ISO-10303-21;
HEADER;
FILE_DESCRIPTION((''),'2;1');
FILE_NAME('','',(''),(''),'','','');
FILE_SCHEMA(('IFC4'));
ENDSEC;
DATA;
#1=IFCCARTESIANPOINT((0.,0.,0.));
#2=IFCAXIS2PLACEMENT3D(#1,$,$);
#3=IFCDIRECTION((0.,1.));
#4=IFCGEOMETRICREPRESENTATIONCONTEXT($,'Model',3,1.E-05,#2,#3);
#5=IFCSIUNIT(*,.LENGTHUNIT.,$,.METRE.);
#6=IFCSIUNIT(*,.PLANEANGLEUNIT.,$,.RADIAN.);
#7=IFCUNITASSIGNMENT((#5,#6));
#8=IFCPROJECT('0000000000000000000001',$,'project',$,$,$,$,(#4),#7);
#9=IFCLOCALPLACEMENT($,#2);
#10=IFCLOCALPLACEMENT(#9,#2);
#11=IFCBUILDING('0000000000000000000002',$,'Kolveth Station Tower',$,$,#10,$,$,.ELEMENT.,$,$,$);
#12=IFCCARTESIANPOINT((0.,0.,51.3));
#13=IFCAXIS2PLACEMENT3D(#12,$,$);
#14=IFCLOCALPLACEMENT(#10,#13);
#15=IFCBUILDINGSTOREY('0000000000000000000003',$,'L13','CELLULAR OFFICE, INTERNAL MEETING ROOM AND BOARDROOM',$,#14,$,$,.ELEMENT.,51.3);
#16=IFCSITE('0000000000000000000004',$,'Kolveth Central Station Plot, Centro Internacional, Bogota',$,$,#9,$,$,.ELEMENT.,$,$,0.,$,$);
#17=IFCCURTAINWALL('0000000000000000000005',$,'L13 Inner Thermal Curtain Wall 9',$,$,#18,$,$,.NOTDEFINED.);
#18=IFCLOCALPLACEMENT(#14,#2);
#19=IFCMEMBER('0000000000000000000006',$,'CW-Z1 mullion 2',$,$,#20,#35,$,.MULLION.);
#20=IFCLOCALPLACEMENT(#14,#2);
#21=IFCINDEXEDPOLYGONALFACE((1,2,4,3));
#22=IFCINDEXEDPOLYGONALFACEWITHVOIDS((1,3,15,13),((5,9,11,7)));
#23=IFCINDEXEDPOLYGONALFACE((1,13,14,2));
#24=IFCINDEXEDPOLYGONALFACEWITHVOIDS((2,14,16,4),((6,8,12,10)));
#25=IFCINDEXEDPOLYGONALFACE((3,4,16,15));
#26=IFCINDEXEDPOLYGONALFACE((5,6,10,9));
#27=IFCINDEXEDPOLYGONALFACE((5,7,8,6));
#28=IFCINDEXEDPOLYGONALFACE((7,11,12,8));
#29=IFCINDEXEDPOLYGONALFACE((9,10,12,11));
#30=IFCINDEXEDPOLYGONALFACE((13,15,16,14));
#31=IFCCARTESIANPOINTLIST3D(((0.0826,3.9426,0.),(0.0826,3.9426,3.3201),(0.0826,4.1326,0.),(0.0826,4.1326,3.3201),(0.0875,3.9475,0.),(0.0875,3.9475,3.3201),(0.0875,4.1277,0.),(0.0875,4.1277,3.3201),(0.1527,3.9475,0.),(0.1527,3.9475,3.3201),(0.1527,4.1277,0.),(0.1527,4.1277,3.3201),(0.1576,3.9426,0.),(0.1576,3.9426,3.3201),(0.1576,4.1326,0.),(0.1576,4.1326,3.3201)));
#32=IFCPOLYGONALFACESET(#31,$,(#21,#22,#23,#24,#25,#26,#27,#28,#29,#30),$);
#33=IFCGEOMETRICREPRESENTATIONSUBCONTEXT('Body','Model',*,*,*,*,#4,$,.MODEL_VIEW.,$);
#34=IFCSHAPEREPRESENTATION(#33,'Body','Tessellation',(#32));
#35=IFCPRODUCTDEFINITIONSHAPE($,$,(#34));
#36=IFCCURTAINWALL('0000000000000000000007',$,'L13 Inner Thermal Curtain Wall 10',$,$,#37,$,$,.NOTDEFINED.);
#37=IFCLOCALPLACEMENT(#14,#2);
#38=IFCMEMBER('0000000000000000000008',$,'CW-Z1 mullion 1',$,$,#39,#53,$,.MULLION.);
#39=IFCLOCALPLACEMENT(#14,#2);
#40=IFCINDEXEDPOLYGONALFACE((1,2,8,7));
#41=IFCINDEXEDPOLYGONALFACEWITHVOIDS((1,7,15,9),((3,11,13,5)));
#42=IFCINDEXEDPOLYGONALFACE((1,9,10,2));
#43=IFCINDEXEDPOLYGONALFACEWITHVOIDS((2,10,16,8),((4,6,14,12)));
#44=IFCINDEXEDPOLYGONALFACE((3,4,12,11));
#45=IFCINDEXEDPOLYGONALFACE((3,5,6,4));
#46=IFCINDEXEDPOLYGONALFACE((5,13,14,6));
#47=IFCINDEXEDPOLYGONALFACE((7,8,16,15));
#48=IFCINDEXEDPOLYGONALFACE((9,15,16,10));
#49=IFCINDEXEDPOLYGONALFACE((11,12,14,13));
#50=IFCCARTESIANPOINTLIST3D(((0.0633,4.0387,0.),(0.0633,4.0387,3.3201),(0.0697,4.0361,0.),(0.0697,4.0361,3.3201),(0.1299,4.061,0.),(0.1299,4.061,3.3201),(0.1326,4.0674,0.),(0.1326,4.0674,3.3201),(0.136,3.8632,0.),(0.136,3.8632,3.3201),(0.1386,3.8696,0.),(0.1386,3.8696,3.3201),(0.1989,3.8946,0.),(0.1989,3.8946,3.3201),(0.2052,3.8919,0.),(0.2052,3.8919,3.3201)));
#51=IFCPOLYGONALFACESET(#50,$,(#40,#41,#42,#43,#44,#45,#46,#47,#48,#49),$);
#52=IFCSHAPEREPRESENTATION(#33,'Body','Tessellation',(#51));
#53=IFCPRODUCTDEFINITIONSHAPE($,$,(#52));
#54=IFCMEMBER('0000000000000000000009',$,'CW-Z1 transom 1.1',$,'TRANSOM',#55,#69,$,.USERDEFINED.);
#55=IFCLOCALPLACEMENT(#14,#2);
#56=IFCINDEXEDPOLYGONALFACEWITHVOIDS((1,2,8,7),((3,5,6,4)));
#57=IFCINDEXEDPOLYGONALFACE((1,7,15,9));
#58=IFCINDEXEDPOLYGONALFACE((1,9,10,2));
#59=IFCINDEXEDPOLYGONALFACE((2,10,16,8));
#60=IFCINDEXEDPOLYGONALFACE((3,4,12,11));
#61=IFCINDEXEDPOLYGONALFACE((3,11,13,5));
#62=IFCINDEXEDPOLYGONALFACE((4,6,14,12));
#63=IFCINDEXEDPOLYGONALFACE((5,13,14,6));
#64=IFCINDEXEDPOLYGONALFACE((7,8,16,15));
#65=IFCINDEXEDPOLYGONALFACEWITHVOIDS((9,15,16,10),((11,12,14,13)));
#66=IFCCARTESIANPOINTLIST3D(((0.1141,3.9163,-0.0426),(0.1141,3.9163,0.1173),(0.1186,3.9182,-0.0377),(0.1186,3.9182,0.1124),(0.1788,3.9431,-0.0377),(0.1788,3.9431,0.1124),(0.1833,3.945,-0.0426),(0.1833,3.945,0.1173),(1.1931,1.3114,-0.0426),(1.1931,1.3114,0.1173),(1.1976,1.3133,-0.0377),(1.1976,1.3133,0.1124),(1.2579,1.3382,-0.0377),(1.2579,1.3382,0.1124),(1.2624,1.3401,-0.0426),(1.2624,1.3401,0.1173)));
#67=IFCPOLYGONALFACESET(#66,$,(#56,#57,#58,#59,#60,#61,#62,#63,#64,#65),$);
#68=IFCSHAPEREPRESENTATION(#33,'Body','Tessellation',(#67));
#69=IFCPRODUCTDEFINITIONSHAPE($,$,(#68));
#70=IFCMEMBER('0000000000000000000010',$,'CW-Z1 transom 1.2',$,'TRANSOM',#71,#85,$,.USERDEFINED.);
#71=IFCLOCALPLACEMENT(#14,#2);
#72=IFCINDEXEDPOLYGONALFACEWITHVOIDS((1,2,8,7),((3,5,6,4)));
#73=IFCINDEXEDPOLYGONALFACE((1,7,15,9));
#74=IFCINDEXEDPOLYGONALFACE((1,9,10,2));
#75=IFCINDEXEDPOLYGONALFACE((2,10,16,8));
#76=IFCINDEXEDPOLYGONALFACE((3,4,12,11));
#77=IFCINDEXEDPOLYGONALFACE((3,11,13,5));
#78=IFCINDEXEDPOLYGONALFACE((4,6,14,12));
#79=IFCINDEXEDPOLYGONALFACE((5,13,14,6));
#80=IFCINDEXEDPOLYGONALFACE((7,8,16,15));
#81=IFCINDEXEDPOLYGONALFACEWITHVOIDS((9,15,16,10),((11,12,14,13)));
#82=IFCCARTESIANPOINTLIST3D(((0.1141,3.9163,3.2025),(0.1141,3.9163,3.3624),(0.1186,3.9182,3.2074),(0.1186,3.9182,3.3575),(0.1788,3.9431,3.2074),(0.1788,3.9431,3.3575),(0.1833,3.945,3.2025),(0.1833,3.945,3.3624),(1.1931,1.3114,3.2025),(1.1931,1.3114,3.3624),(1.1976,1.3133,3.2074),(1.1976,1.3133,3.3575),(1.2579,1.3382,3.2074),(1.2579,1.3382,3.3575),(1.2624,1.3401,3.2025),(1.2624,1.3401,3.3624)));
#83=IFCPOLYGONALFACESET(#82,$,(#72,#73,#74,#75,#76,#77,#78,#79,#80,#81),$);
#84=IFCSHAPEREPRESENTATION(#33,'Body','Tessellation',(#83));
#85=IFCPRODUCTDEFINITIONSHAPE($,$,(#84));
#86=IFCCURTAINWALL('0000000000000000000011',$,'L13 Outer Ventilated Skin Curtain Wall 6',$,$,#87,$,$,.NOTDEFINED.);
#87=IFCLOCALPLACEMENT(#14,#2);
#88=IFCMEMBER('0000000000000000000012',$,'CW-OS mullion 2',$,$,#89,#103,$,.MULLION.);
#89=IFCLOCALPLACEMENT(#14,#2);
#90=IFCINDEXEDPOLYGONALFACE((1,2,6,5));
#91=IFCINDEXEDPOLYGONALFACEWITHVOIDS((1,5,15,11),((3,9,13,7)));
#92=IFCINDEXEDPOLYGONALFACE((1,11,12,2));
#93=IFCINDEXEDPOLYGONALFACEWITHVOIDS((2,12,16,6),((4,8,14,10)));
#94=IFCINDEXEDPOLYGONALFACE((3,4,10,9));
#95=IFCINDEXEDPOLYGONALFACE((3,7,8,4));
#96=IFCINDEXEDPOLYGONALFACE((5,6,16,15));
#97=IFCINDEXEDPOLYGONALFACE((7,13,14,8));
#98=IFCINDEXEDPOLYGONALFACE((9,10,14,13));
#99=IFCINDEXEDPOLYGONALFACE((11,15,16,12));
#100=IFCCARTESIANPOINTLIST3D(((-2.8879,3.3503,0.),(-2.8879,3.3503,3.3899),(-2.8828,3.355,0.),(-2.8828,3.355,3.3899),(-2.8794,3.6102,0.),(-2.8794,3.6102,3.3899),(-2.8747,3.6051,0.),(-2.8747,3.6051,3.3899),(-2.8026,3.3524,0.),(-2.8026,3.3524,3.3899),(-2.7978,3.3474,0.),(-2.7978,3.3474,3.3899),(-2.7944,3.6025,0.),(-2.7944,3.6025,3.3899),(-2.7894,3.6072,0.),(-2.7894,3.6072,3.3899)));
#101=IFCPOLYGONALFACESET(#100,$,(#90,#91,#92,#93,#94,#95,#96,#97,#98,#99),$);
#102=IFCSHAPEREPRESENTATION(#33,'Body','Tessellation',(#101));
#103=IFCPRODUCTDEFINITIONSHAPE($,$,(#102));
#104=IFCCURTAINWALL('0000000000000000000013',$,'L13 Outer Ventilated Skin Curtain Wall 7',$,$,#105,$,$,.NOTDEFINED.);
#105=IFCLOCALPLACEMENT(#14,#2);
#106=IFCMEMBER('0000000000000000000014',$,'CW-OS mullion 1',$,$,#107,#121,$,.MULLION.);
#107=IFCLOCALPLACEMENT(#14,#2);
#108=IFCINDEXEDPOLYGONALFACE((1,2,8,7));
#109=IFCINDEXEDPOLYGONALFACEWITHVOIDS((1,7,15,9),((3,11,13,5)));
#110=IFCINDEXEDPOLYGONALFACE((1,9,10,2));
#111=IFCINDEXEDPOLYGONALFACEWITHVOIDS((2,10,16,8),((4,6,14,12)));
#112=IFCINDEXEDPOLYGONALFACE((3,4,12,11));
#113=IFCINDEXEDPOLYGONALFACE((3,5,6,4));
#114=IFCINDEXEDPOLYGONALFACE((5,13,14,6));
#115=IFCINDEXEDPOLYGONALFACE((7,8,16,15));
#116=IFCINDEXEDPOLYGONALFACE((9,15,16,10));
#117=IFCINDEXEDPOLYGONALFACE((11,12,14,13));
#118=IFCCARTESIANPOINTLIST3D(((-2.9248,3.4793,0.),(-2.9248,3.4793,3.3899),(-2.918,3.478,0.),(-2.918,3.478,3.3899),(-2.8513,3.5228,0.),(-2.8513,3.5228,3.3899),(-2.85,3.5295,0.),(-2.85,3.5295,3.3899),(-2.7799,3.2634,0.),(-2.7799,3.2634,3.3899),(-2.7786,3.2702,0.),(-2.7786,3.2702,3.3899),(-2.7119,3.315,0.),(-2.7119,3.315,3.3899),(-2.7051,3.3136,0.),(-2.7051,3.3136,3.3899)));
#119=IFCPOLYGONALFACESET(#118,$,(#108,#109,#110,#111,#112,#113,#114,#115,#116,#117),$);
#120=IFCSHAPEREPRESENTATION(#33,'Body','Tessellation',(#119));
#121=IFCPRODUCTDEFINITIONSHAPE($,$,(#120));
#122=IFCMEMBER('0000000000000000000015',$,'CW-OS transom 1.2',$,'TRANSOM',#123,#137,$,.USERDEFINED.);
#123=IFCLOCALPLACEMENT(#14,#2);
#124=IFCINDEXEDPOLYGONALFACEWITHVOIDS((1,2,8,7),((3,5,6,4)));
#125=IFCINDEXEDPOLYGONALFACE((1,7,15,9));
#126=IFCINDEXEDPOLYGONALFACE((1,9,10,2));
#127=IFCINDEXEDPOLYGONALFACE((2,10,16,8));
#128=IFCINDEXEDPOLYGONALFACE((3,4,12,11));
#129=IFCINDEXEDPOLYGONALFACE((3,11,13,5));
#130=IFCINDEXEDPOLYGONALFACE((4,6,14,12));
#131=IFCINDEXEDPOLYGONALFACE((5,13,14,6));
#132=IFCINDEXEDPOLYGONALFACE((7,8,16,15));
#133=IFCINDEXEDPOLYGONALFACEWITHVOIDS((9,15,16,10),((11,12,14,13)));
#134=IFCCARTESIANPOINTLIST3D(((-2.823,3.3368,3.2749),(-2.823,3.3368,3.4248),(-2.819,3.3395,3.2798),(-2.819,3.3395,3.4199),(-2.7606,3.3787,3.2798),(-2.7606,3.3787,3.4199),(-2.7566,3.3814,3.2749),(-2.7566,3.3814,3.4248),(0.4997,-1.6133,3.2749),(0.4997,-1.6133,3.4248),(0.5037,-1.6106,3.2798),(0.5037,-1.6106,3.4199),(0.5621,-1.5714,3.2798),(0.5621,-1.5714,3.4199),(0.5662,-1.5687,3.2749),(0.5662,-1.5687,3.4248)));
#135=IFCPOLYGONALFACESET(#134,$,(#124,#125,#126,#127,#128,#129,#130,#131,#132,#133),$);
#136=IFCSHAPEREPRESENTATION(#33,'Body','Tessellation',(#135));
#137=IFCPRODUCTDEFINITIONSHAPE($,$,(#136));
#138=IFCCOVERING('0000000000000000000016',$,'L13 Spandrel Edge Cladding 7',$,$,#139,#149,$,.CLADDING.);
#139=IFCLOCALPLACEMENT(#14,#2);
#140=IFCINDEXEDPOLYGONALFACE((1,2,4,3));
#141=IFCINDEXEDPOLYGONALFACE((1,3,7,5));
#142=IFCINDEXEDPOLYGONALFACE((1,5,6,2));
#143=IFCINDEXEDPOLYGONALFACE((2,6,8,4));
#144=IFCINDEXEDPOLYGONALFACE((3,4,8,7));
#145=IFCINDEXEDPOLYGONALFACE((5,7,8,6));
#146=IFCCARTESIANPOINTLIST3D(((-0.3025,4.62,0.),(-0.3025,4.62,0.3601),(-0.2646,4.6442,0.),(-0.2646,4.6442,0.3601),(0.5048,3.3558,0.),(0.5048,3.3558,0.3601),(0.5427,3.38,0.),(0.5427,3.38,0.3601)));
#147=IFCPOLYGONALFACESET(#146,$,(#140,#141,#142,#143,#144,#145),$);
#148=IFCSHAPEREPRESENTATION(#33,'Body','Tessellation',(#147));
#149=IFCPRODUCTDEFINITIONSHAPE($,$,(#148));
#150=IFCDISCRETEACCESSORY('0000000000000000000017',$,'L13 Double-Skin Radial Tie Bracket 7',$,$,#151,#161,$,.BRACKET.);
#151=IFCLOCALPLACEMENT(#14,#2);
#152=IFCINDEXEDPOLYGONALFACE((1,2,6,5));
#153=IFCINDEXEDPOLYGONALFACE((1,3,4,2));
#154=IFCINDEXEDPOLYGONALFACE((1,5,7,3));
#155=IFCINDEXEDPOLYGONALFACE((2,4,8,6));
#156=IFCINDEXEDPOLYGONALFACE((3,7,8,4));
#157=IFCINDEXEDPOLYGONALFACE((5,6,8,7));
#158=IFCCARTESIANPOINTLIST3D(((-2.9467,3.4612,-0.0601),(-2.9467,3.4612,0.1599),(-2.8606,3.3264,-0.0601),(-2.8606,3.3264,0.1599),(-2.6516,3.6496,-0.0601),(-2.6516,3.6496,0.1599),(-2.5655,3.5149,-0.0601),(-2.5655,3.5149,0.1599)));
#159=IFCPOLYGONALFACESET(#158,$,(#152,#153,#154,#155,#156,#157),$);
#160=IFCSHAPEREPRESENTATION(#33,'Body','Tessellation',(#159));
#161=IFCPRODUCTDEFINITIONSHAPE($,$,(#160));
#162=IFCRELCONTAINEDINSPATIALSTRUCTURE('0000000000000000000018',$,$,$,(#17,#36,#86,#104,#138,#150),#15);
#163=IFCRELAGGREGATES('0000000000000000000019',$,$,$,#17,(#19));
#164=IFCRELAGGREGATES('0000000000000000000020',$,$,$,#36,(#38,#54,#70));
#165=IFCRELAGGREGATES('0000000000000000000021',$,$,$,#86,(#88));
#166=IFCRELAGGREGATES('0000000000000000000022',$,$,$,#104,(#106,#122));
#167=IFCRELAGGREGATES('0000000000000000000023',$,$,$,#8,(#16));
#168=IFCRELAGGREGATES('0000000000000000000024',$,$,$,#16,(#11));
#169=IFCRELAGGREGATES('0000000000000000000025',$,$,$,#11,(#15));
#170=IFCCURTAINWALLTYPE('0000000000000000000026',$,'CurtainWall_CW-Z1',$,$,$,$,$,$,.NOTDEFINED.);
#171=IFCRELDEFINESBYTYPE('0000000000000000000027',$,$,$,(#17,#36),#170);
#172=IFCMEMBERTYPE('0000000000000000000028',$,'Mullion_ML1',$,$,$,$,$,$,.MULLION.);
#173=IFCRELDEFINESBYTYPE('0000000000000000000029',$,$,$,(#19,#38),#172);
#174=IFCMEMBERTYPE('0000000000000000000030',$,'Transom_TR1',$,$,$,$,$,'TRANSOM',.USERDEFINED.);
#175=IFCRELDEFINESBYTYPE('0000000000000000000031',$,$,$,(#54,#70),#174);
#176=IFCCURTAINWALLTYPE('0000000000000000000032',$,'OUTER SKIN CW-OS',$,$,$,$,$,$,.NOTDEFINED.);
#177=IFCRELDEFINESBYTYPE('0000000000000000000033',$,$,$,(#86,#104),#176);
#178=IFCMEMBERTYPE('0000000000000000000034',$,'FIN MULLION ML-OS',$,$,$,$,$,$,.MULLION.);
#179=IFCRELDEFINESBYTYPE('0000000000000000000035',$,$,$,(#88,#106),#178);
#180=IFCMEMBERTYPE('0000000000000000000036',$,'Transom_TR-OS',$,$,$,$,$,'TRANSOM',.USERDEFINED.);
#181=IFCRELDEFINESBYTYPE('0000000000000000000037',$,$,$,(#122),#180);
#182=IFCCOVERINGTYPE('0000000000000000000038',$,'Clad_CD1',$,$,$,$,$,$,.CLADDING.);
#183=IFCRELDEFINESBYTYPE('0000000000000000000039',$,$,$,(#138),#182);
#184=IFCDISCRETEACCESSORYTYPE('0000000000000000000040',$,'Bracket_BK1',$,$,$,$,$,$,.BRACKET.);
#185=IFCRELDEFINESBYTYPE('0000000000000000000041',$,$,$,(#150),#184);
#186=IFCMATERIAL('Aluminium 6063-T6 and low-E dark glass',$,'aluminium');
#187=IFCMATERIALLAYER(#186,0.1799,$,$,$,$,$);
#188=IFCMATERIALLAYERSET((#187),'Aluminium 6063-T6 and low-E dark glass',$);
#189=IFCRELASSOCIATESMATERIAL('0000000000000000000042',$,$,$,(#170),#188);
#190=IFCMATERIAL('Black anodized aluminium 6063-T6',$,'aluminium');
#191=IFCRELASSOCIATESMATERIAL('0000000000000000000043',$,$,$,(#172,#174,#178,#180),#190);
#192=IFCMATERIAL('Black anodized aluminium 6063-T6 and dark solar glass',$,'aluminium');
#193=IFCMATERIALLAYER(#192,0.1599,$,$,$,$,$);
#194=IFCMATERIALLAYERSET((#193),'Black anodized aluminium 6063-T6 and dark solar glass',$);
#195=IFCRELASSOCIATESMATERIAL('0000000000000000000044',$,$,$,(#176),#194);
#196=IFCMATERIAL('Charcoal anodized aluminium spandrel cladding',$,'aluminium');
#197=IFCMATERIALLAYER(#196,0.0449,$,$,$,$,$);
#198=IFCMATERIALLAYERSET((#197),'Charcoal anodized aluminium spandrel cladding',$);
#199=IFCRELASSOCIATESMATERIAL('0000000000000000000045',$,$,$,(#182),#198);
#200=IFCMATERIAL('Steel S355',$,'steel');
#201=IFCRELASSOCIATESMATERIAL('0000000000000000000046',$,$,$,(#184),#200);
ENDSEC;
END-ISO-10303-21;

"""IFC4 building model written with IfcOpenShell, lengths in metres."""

from ifc_helpers import new_model, si_unit, direction, frame, origin, origin_2d, place, context, subcontext, project, spatial, rectangle, hollow_rectangle, extrude, source, transform, mapped, material, layer, layer_set, material_profile, profile_set, type_object, element, aggregate, save


model = new_model("IFC4")

# Units and contexts
model_context = context("Model", 3, precision=1e-05, world=origin(), true_north=direction((0.0, 1.0)))
body_context = subcontext(model_context, "Body", "Model", "MODEL_VIEW")
ifc_project = project(units=[si_unit("LENGTHUNIT", "METRE"), si_unit("PLANEANGLEUNIT", "RADIAN")], contexts=[model_context])

# Site, building, storey
site_placement = place(None, origin())
site = spatial("IfcSite", under=ifc_project, at=site_placement, Name="Kolveth Central Station Plot, Centro Internacional, Bogota", CompositionType="ELEMENT", RefElevation=0.0)
building_placement = place(site_placement, origin())
building = spatial("IfcBuilding", under=site, at=building_placement, Name="Kolveth Station Tower", CompositionType="ELEMENT")
storey_placement = place(building_placement, frame((0.0, 0.0, 51.3)))
storey = spatial("IfcBuildingStorey", under=building, at=storey_placement, Name="L13", Description="CELLULAR OFFICE, INTERNAL MEETING ROOM AND BOARDROOM", CompositionType="ELEMENT", Elevation=51.3)

# Shared definitions
ifc_material_1 = material(Name="Steel S355", Category="steel")

# Curtain wall, member
ifc_material_2 = material(Name="Aluminium 6063-T6 and low-E dark glass", Category="aluminium")
ifc_layer_1 = layer(ifc_material_2, 0.1799)
ifc_layer_set_1 = layer_set([ifc_layer_1], Name="Aluminium 6063-T6 and low-E dark glass")
curtain_wall_type_1 = type_object("IfcCurtainWallType", Name="CurtainWall_CW-Z1", PredefinedType="NOTDEFINED", material=ifc_layer_set_1)
curtain_wall_1_placement = place(storey_placement, origin())
curtain_wall_1 = element("IfcCurtainWall", 1, at=curtain_wall_1_placement, inside=storey, type_object=curtain_wall_type_1, Name="L13 Inner Thermal Curtain Wall 9", PredefinedType="NOTDEFINED")
ifc_material_3 = material(Name="Black anodized aluminium 6063-T6", Category="aluminium")
ifc_material_profile_1 = material_profile(ifc_material_3, hollow_rectangle(XDim=0.075, YDim=0.1899, WallThickness=0.0049, at=origin_2d()), Name="ALU-75x190x5")
ifc_profile_set_1 = profile_set([ifc_material_profile_1], Name="Black anodized aluminium 6063-T6")
member_type_1 = type_object("IfcMemberType", Name="Mullion_ML1", PredefinedType="MULLION", material=ifc_profile_set_1)
shared_shape_1 = source(origin(), body_context, "Body", "SweptSolid", [
    extrude(hollow_rectangle(XDim=0.075, YDim=0.1899, WallThickness=0.0049, at=origin_2d()), origin(), (0.0, 0.0, 1.0), 3.3201),
])
member_1_placement = place(storey_placement, frame((0.1201, 4.0376, 0.0), z_axis=(0.0, 0.0, 1.0), x_axis=(1.0, 0.0, 0.0)))
member_1 = element("IfcMember", 2, at=member_1_placement, type_object=member_type_1, Name="CW-Z1 mullion 2", PredefinedType="MULLION", context=body_context, shape_type="MappedRepresentation", body=[
    mapped(shared_shape_1, transform((0.0, 0.0, 0.0), x_axis=(1.0, 0.0, 0.0), y_axis=(0.0, 1.0, 0.0), z_axis=(0.0, 0.0, 1.0), scale=1.0)),
])
aggregate(curtain_wall_1, [member_1])

# Curtain wall, members
curtain_wall_2_placement = place(storey_placement, origin())
curtain_wall_2 = element("IfcCurtainWall", 3, at=curtain_wall_2_placement, inside=storey, type_object=curtain_wall_type_1, Name="L13 Inner Thermal Curtain Wall 10", PredefinedType="NOTDEFINED")
member_2_placement = place(storey_placement, frame((0.1343, 3.9653, 0.0), z_axis=(0.0, 0.0, 1.0), x_axis=(0.923884, 0.382673, 0.0)))
member_2 = element("IfcMember", 4, at=member_2_placement, type_object=member_type_1, Name="CW-Z1 mullion 1", PredefinedType="MULLION", context=body_context, shape_type="MappedRepresentation", body=[
    mapped(shared_shape_1, transform((0.0, 0.0, 0.0), x_axis=(1.0, 0.0, 0.0), y_axis=(0.0, 1.0, 0.0), z_axis=(0.0, 0.0, 1.0), scale=1.0)),
])
ifc_material_profile_2 = material_profile(ifc_material_3, hollow_rectangle(XDim=0.075, YDim=0.1599, WallThickness=0.0049, at=origin_2d()), Name="ALU-75x160x5")
ifc_profile_set_2 = profile_set([ifc_material_profile_2], Name="Black anodized aluminium 6063-T6")
member_type_2 = type_object("IfcMemberType", Name="Transom_TR1", ElementType="TRANSOM", PredefinedType="USERDEFINED", material=ifc_profile_set_2)
shared_shape_2 = source(origin(), body_context, "Body", "SweptSolid", [
    extrude(hollow_rectangle(XDim=0.075, YDim=0.1599, WallThickness=0.0049, at=origin_2d()), origin(), (0.0, 0.0, 1.0), 2.8196),
])
member_3_placement = place(storey_placement, frame((0.1487, 3.9307, 0.0374), z_axis=(0.382709, -0.923869, 0.0), x_axis=(0.923869, 0.382709, 0.0)))
member_3 = element("IfcMember", 5, at=member_3_placement, type_object=member_type_2, Name="CW-Z1 transom 1.1", ObjectType="TRANSOM", PredefinedType="USERDEFINED", context=body_context, shape_type="MappedRepresentation", body=[
    mapped(shared_shape_2, transform((0.0, 0.0, 0.0), x_axis=(1.0, 0.0, 0.0), y_axis=(0.0, 1.0, 0.0), z_axis=(0.0, 0.0, 1.0), scale=1.0)),
])
member_4_placement = place(storey_placement, frame((0.1487, 3.9307, 3.2825), z_axis=(0.382709, -0.923869, 0.0), x_axis=(0.923869, 0.382709, 0.0)))
member_4 = element("IfcMember", 6, at=member_4_placement, type_object=member_type_2, Name="CW-Z1 transom 1.2", ObjectType="TRANSOM", PredefinedType="USERDEFINED", context=body_context, shape_type="MappedRepresentation", body=[
    mapped(shared_shape_2, transform((0.0, 0.0, 0.0), x_axis=(1.0, 0.0, 0.0), y_axis=(0.0, 1.0, 0.0), z_axis=(0.0, 0.0, 1.0), scale=1.0)),
])
aggregate(curtain_wall_2, [member_2, member_3, member_4])

# Curtain wall, member
ifc_material_4 = material(Name="Black anodized aluminium 6063-T6 and dark solar glass", Category="aluminium")
ifc_layer_2 = layer(ifc_material_4, 0.1599)
ifc_layer_set_2 = layer_set([ifc_layer_2], Name="Black anodized aluminium 6063-T6 and dark solar glass")
curtain_wall_type_2 = type_object("IfcCurtainWallType", Name="OUTER SKIN CW-OS", PredefinedType="NOTDEFINED", material=ifc_layer_set_2)
curtain_wall_3_placement = place(storey_placement, origin())
curtain_wall_3 = element("IfcCurtainWall", 7, at=curtain_wall_3_placement, inside=storey, type_object=curtain_wall_type_2, Name="L13 Outer Ventilated Skin Curtain Wall 6", PredefinedType="NOTDEFINED")
ifc_material_profile_3 = material_profile(ifc_material_3, hollow_rectangle(XDim=0.0901, YDim=0.26, WallThickness=0.0049, at=origin_2d()), Name="ALU-90x260x5")
ifc_profile_set_3 = profile_set([ifc_material_profile_3], Name="Black anodized aluminium 6063-T6")
member_type_3 = type_object("IfcMemberType", Name="FIN MULLION ML-OS", PredefinedType="MULLION", material=ifc_profile_set_3)
shared_shape_3 = source(origin(), body_context, "Body", "SweptSolid", [
    extrude(hollow_rectangle(XDim=0.0901, YDim=0.26, WallThickness=0.0049, at=origin_2d()), origin(), (0.0, 0.0, 1.0), 3.3899),
])
member_5_placement = place(storey_placement, frame((-2.8386, 3.4788, 0.0), z_axis=(0.0, 0.0, 1.0), x_axis=(0.999468, -0.0326, 0.0)))
member_5 = element("IfcMember", 8, at=member_5_placement, type_object=member_type_3, Name="CW-OS mullion 2", PredefinedType="MULLION", context=body_context, shape_type="MappedRepresentation", body=[
    mapped(shared_shape_3, transform((0.0, 0.0, 0.0), x_axis=(1.0, 0.0, 0.0), y_axis=(0.0, 1.0, 0.0), z_axis=(0.0, 0.0, 1.0), scale=1.0)),
])
aggregate(curtain_wall_3, [member_5])

# Curtain wall, members
curtain_wall_4_placement = place(storey_placement, origin())
curtain_wall_4 = element("IfcCurtainWall", 9, at=curtain_wall_4_placement, inside=storey, type_object=curtain_wall_type_2, Name="L13 Outer Ventilated Skin Curtain Wall 7", PredefinedType="NOTDEFINED")
member_6_placement = place(storey_placement, frame((-2.8149, 3.3965, 0.0), z_axis=(0.0, 0.0, 1.0), x_axis=(0.830283, 0.557342, 0.0)))
member_6 = element("IfcMember", 10, at=member_6_placement, type_object=member_type_3, Name="CW-OS mullion 1", PredefinedType="MULLION", context=body_context, shape_type="MappedRepresentation", body=[
    mapped(shared_shape_3, transform((0.0, 0.0, 0.0), x_axis=(1.0, 0.0, 0.0), y_axis=(0.0, 1.0, 0.0), z_axis=(0.0, 0.0, 1.0), scale=1.0)),
])
ifc_material_profile_4 = material_profile(ifc_material_3, hollow_rectangle(XDim=0.0801, YDim=0.1499, WallThickness=0.0049, at=origin_2d()), Name="ALU-80x150x5")
ifc_profile_set_4 = profile_set([ifc_material_profile_4], Name="Black anodized aluminium 6063-T6")
member_type_4 = type_object("IfcMemberType", Name="Transom_TR-OS", ElementType="TRANSOM", PredefinedType="USERDEFINED", material=ifc_profile_set_4)
shared_shape_4 = source(origin(), body_context, "Body", "SweptSolid", [
    extrude(hollow_rectangle(XDim=0.0801, YDim=0.1499, WallThickness=0.0049, at=origin_2d()), origin(), (0.0, 0.0, 1.0), 5.9619),
])
member_7_placement = place(storey_placement, frame((-2.7898, 3.3591, 3.3499), z_axis=(0.557325, -0.830295, 0.0), x_axis=(0.830295, 0.557325, 0.0)))
member_7 = element("IfcMember", 11, at=member_7_placement, type_object=member_type_4, Name="CW-OS transom 1.2", ObjectType="TRANSOM", PredefinedType="USERDEFINED", context=body_context, shape_type="MappedRepresentation", body=[
    mapped(shared_shape_4, transform((0.0, 0.0, 0.0), x_axis=(1.0, 0.0, 0.0), y_axis=(0.0, 1.0, 0.0), z_axis=(0.0, 0.0, 1.0), scale=1.0)),
])
aggregate(curtain_wall_4, [member_6, member_7])

# Covering
ifc_material_5 = material(Name="Charcoal anodized aluminium spandrel cladding", Category="aluminium")
ifc_layer_3 = layer(ifc_material_5, 0.0449)
ifc_layer_set_3 = layer_set([ifc_layer_3], Name="Charcoal anodized aluminium spandrel cladding")
covering_type = type_object("IfcCoveringType", Name="Clad_CD1", PredefinedType="CLADDING", material=ifc_layer_set_3)
shared_shape_5 = source(origin(), body_context, "Body", "SweptSolid", [
    extrude(rectangle(XDim=1.5, YDim=0.0449, at=origin_2d()), origin(), (0.0, 0.0, 1.0), 0.3601),
])
covering_placement = place(storey_placement, frame((0.1201, 4.0, 0.0), z_axis=(0.0, 0.0, 1.0), x_axis=(0.538183, -0.842828, 0.0)))
element("IfcCovering", 12, at=covering_placement, inside=storey, type_object=covering_type, Name="L13 Spandrel Edge Cladding 7", PredefinedType="CLADDING", context=body_context, shape_type="MappedRepresentation", body=[
    mapped(shared_shape_5, transform((0.0, 0.0, 0.0), x_axis=(1.0, 0.0, 0.0), y_axis=(0.0, 1.0, 0.0), z_axis=(0.0, 0.0, 1.0), scale=1.0)),
])

# Discrete accessory
discrete_accessory_type = type_object("IfcDiscreteAccessoryType", Name="Bracket_BK1", PredefinedType="BRACKET", material=ifc_material_1)
shared_shape_6 = source(origin(), body_context, "Body", "SweptSolid", [
    extrude(rectangle(XDim=0.3501, YDim=0.1599, at=origin_2d()), origin(), (0.0, 0.0, 1.0), 0.22),
])
discrete_accessory_placement = place(storey_placement, frame((-2.7561, 3.488, -0.0601), z_axis=(0.0, 0.0, 1.0), x_axis=(-0.842828, -0.538183, 0.0)))
element("IfcDiscreteAccessory", 13, at=discrete_accessory_placement, inside=storey, type_object=discrete_accessory_type, Name="L13 Double-Skin Radial Tie Bracket 7", PredefinedType="BRACKET", context=body_context, shape_type="MappedRepresentation", body=[
    mapped(shared_shape_6, transform((0.0, 0.0, 0.0), x_axis=(1.0, 0.0, 0.0), y_axis=(0.0, 1.0, 0.0), z_axis=(0.0, 0.0, 1.0), scale=1.0)),
])

save(model, "model.ifc")
